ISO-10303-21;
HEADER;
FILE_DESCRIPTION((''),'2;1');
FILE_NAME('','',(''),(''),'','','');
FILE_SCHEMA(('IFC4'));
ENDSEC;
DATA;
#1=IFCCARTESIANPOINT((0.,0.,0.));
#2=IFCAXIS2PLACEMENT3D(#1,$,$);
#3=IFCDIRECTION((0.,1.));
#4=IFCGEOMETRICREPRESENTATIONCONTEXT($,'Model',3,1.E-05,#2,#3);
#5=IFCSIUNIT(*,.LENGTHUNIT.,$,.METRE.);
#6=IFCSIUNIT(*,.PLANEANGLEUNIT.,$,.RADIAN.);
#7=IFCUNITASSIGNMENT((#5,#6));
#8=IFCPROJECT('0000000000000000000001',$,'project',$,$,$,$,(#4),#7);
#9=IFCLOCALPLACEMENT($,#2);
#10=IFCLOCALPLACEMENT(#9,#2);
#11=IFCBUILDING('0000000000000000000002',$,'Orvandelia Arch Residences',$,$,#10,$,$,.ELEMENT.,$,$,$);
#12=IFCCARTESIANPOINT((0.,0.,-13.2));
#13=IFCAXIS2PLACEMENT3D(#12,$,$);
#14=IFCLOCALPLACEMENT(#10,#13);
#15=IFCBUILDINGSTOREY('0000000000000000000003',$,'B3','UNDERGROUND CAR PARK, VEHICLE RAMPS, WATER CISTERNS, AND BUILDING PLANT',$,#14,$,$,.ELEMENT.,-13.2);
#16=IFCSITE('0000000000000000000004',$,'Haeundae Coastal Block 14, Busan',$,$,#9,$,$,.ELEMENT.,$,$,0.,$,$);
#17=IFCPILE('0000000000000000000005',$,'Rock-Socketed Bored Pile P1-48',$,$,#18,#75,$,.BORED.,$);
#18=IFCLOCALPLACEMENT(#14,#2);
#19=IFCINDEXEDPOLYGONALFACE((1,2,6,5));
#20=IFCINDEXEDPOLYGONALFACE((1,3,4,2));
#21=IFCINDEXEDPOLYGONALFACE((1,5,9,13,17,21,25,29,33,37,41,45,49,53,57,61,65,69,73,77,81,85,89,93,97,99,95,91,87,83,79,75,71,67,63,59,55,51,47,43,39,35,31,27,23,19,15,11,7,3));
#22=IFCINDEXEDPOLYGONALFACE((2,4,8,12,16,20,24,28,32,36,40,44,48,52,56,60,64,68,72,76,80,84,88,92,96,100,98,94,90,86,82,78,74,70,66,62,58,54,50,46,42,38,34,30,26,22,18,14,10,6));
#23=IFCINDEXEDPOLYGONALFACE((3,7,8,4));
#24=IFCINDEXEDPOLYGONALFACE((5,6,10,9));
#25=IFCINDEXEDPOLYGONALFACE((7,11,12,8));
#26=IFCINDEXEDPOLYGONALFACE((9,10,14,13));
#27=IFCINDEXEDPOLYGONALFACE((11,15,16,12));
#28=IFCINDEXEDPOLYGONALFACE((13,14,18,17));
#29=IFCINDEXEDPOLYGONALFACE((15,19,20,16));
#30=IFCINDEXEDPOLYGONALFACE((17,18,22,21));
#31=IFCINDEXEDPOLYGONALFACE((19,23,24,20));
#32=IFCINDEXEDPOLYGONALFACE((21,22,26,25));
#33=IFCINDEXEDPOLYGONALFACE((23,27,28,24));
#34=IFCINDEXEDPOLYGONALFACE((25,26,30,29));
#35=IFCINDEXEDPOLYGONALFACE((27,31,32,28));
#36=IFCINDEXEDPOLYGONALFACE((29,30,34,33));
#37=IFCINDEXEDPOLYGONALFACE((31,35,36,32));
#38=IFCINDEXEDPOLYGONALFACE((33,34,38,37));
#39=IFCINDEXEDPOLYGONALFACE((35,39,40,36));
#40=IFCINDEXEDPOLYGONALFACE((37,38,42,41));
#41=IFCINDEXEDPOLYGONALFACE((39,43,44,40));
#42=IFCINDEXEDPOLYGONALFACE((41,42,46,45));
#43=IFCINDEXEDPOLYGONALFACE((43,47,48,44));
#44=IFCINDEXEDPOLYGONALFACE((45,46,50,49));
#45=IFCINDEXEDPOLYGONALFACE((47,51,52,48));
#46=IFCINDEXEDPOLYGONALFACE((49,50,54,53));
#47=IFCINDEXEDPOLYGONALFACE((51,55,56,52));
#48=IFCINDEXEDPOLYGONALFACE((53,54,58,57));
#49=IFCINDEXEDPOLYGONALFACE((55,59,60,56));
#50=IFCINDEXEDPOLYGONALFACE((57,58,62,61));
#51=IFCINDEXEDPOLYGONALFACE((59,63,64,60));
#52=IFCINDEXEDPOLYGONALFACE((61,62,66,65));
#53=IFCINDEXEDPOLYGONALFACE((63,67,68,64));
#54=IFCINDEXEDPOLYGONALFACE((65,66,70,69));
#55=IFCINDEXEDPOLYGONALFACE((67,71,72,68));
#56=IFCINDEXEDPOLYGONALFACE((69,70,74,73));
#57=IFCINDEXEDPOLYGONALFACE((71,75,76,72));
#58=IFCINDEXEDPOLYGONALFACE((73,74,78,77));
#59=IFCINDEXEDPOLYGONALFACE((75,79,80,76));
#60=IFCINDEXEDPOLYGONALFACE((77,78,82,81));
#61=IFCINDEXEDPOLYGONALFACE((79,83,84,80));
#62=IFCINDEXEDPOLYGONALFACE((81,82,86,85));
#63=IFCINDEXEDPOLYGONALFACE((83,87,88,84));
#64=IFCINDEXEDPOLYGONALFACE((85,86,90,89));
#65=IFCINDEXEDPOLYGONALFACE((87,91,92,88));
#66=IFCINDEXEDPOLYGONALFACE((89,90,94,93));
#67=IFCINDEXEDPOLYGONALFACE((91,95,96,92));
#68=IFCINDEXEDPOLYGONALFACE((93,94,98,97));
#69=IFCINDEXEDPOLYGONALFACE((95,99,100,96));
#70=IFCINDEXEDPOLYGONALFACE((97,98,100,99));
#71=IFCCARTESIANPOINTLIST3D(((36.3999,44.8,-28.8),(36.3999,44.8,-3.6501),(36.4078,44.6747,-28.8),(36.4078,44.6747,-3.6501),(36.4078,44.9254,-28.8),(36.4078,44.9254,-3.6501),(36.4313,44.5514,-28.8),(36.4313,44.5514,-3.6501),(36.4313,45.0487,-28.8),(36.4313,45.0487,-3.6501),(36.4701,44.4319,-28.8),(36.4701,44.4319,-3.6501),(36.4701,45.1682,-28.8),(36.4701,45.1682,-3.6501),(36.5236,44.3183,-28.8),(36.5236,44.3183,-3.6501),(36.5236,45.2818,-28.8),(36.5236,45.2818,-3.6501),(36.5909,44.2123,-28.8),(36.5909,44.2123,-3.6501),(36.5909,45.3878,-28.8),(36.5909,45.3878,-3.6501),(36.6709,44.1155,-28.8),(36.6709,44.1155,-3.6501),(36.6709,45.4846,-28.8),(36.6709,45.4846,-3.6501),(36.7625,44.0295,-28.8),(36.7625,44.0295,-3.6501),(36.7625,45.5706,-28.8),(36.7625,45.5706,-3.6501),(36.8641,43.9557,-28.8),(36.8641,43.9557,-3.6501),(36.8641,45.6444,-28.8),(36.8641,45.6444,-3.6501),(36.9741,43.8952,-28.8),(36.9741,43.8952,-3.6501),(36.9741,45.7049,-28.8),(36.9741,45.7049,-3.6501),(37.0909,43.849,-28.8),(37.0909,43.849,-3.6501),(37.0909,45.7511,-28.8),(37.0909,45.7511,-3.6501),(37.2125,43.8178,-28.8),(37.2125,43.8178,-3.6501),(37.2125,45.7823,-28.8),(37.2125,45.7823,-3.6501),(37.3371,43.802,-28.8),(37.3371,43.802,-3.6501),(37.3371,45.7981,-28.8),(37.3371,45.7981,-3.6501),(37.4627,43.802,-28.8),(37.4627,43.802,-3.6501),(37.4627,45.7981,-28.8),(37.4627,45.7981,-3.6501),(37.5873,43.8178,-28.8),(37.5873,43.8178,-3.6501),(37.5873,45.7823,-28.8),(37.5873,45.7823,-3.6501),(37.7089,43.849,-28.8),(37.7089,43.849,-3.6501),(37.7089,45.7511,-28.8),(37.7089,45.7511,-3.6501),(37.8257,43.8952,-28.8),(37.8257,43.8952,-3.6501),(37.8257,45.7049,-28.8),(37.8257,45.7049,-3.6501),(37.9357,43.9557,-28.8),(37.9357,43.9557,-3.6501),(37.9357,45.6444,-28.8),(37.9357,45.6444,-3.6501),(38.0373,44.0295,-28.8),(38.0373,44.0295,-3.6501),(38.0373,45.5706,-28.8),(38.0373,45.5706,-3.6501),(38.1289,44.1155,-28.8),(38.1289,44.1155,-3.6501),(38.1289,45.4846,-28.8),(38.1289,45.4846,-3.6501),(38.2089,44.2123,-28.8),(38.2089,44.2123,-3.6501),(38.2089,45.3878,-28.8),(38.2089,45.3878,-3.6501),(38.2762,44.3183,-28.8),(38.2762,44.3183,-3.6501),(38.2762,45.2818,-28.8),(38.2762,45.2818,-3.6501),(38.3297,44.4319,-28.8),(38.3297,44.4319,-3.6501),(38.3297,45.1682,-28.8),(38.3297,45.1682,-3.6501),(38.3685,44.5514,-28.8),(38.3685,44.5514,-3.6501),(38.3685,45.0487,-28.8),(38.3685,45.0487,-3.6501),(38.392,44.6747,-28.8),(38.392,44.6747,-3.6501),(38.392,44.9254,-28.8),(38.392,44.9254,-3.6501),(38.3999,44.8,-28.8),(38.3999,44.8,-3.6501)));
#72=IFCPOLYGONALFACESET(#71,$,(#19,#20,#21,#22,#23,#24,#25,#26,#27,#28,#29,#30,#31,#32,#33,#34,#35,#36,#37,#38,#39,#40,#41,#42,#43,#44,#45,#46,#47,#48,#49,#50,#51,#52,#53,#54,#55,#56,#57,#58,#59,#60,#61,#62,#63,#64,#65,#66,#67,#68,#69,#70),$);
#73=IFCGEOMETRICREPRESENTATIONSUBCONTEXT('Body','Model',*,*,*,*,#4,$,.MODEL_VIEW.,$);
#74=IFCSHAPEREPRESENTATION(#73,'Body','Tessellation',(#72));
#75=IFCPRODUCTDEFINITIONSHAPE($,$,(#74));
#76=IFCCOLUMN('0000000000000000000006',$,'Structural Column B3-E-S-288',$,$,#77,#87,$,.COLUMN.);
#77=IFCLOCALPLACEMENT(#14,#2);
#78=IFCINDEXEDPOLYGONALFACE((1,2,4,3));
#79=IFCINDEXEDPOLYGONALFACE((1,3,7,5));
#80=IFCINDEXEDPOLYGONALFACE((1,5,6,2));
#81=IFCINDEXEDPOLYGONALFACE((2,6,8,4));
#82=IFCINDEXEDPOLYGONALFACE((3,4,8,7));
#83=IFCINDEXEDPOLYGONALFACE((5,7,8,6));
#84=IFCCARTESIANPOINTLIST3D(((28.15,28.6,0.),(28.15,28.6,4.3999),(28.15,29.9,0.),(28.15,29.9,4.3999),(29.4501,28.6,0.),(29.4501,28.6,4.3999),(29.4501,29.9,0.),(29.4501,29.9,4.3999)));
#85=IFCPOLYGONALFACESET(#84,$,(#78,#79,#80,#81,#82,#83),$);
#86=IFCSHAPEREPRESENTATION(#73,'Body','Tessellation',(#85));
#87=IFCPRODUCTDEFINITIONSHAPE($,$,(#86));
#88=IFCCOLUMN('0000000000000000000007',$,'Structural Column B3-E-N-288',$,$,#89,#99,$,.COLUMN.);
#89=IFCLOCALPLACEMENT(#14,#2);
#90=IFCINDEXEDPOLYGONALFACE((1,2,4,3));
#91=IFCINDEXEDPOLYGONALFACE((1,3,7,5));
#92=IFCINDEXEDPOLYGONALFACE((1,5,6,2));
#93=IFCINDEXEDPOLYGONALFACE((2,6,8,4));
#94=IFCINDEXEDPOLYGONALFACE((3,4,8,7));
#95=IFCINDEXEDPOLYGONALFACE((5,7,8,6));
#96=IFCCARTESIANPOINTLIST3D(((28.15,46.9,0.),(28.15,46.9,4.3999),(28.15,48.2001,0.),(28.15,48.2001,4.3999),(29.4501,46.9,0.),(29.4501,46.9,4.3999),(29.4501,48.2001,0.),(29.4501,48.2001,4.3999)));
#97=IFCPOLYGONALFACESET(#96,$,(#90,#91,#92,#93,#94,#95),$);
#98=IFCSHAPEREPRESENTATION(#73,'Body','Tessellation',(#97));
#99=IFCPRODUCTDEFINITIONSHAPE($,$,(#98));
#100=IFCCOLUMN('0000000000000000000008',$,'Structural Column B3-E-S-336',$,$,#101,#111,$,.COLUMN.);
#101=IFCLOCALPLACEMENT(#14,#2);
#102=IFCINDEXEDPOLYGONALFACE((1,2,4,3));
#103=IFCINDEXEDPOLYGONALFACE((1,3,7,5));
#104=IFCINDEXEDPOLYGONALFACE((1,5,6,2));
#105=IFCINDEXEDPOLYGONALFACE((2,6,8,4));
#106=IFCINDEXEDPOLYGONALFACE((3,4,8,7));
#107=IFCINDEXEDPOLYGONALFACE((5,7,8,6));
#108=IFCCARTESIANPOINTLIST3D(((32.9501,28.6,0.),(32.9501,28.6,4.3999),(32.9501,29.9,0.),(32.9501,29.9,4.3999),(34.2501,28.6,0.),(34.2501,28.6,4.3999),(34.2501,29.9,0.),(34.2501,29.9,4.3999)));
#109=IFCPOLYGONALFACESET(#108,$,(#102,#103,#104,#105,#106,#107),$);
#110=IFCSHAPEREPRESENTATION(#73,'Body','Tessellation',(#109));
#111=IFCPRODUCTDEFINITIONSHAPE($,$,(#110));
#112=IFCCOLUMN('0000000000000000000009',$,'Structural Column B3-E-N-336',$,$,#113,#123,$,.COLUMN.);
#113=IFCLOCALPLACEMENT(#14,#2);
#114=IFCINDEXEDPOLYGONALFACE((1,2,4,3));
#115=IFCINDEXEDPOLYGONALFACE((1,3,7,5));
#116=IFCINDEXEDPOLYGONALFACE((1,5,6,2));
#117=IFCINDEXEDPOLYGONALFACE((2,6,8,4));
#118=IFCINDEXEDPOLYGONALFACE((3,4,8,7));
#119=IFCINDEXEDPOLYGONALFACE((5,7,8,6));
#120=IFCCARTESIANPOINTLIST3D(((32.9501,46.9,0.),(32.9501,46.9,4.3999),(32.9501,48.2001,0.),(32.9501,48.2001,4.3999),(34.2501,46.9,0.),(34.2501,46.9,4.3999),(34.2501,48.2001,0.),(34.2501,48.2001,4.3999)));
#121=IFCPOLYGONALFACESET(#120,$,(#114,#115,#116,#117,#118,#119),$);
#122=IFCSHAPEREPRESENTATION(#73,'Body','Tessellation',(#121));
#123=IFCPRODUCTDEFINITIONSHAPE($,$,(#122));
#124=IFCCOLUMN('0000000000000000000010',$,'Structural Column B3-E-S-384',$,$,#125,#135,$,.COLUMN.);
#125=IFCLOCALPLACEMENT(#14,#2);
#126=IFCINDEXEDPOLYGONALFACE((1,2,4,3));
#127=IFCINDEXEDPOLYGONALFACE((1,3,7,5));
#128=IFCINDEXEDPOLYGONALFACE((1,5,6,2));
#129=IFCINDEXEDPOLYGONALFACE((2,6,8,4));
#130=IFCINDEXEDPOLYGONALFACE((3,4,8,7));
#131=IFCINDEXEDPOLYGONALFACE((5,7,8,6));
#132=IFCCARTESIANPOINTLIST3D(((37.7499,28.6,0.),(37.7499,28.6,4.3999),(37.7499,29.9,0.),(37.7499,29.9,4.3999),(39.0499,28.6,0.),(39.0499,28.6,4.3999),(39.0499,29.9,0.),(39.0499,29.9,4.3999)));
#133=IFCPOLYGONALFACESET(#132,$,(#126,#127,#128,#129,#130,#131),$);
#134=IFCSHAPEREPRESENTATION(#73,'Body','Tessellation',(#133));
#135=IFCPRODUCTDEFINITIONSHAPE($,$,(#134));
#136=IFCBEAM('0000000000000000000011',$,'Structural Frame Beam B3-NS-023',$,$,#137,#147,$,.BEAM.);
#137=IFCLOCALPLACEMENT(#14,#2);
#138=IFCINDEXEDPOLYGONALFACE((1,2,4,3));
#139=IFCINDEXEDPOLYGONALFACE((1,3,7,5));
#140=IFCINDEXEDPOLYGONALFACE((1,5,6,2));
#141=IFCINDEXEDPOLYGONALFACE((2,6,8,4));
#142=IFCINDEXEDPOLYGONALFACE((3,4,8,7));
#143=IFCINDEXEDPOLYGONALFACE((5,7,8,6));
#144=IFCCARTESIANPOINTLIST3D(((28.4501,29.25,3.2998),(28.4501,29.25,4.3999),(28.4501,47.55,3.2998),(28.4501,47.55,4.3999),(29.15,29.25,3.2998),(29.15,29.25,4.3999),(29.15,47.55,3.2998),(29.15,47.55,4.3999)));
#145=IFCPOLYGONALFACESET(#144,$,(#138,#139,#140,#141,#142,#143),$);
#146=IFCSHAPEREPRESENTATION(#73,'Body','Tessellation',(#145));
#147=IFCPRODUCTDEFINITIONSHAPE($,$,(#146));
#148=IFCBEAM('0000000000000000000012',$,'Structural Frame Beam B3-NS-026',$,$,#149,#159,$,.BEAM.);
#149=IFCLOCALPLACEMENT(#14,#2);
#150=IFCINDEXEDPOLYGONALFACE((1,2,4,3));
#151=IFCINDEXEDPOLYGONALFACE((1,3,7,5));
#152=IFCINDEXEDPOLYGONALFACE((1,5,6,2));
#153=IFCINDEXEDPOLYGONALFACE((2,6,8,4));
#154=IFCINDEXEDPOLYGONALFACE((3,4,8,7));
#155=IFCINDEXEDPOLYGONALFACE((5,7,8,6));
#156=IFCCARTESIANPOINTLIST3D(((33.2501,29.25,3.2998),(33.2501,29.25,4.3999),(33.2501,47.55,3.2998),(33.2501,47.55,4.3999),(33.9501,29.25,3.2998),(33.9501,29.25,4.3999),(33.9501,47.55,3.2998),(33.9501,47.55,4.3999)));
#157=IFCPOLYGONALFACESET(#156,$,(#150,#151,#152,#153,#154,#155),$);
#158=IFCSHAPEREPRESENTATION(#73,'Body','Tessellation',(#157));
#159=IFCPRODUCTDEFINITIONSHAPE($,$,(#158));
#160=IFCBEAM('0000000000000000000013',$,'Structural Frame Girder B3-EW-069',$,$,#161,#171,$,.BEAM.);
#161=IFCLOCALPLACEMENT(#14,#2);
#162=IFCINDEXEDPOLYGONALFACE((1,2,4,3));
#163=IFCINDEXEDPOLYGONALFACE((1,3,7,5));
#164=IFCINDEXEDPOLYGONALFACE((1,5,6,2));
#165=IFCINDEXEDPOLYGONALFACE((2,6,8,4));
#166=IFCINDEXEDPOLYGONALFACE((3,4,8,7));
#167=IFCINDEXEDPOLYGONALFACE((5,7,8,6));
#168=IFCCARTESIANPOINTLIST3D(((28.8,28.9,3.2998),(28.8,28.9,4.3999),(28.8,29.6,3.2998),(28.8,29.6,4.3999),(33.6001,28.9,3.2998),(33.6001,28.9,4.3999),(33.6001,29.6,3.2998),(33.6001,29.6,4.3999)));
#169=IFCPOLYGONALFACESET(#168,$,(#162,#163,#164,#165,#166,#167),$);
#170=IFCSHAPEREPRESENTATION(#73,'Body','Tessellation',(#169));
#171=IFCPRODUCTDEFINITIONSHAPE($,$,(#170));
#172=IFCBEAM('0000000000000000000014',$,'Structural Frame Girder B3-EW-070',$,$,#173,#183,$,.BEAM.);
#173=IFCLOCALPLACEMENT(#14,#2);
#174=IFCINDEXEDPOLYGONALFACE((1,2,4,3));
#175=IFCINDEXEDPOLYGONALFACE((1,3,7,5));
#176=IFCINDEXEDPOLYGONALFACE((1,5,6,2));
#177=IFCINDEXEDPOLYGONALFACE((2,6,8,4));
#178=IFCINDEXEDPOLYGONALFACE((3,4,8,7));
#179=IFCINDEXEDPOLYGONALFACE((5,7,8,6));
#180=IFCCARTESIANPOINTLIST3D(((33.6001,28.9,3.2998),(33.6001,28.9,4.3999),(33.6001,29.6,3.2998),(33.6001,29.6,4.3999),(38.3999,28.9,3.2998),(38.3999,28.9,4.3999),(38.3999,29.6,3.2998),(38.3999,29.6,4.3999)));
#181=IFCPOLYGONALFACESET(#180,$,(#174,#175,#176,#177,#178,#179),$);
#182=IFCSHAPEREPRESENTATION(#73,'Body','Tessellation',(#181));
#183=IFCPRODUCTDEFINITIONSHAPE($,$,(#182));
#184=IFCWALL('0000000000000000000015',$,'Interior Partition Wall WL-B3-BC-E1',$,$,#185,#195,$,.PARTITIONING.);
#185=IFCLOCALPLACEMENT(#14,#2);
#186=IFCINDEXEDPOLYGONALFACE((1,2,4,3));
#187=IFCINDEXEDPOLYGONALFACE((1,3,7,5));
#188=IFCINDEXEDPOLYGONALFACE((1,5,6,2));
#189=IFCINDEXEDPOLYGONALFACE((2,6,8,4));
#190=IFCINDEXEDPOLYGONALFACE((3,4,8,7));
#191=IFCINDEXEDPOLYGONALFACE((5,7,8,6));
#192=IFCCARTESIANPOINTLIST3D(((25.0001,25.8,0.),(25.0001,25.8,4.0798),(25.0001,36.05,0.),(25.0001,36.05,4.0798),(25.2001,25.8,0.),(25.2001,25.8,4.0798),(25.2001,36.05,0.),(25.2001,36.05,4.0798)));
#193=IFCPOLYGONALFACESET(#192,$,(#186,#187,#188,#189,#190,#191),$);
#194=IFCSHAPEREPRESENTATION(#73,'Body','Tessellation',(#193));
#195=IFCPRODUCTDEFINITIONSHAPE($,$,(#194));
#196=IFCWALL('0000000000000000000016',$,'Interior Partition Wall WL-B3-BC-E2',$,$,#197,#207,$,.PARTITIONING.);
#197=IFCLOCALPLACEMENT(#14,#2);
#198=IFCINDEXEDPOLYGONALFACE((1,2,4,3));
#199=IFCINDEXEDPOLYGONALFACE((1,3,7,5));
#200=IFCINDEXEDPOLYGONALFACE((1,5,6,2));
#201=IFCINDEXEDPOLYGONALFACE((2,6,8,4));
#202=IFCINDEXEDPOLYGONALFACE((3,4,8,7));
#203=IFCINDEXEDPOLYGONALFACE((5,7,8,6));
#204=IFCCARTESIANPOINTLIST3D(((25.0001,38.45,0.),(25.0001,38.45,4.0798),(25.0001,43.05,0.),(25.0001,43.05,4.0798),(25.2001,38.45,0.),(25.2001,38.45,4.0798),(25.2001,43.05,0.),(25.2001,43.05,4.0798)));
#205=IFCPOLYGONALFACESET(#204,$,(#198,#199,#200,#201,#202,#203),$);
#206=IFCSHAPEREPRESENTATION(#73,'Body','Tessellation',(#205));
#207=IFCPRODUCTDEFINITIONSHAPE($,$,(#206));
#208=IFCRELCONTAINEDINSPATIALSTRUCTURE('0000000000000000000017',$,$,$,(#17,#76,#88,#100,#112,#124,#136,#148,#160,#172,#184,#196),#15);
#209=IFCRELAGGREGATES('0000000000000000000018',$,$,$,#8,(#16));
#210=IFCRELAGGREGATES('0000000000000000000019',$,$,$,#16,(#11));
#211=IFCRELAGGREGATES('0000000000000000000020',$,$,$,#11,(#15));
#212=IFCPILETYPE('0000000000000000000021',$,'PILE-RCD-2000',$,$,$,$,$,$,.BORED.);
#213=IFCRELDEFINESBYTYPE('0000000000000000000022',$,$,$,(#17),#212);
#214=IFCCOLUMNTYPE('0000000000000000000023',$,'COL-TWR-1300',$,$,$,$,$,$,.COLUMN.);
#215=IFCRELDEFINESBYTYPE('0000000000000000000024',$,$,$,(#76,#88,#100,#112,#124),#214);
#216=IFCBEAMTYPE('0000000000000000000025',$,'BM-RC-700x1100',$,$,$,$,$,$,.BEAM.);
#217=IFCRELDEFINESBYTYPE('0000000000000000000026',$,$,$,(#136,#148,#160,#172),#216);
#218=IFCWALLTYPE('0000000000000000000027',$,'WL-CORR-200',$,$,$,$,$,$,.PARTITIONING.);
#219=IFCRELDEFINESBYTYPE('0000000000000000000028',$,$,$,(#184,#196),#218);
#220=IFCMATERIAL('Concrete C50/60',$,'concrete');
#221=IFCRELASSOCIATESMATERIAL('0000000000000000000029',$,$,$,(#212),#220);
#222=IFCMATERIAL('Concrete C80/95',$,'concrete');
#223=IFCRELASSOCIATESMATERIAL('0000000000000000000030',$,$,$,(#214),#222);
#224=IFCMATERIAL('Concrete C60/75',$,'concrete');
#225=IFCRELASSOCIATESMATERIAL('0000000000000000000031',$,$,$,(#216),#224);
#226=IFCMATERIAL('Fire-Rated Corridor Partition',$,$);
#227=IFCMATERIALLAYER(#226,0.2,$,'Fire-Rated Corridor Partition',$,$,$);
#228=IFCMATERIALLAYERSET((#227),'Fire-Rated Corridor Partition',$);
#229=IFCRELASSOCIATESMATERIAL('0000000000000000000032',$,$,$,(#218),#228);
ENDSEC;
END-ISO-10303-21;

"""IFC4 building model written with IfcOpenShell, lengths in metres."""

from ifc_helpers import new_model, si_unit, direction, frame, frame_2d, origin, origin_2d, place, context, subcontext, project, spatial, rectangle, circle, extrude, material, layer, layer_set, material_profile, profile_set, type_object, element, save


model = new_model("IFC4")

# Units and contexts
model_context = context("Model", 3, precision=1e-05, world=origin(), true_north=direction((0.0, 1.0)))
body_context = subcontext(model_context, "Body", "Model", "MODEL_VIEW")
ifc_project = project(units=[si_unit("LENGTHUNIT", "METRE"), si_unit("PLANEANGLEUNIT", "RADIAN")], contexts=[model_context])

# Site, building, storey
site_placement = place(None, origin())
site = spatial("IfcSite", under=ifc_project, at=site_placement, Name="Haeundae Coastal Block 14, Busan", CompositionType="ELEMENT", RefElevation=0.0)
building_placement = place(site_placement, origin())
building = spatial("IfcBuilding", under=site, at=building_placement, Name="Orvandelia Arch Residences", CompositionType="ELEMENT")
storey_placement = place(building_placement, frame((0.0, 0.0, -13.2)))
storey = spatial("IfcBuildingStorey", under=building, at=storey_placement, Name="B3", Description="UNDERGROUND CAR PARK, VEHICLE RAMPS, WATER CISTERNS, AND BUILDING PLANT", CompositionType="ELEMENT", Elevation=-13.2)

# Shared definitions
ifc_material_1 = material(Name="Concrete C50/60", Category="concrete")

# Pile
ifc_material_profile_1 = material_profile(ifc_material_1, circle(Radius=1.0, at=origin_2d()), Name="Concrete C50/60", Category="concrete")
ifc_profile_set_1 = profile_set([ifc_material_profile_1], Name="Concrete C50/60")
pile_type = type_object("IfcPileType", Name="PILE-RCD-2000", PredefinedType="BORED", material=ifc_profile_set_1)
for number, where, z_axis, x_axis, name in (
    (1, (37.3999, 44.8, -3.6501), (0.0, 0.0, -1.0), (1.0, 0.0, 0.0), "Rock-Socketed Bored Pile P1-48"),
):
    element("IfcPile", number, at=place(storey_placement, frame(where, z_axis=z_axis, x_axis=x_axis)), inside=storey, type_object=pile_type, Name=name, PredefinedType="BORED", context=body_context, shape_type="SweptSolid", body=[
        extrude(circle(Radius=1.0, at=origin_2d()), origin(), (0.0, 0.0, 1.0), 25.1499),
    ])

# Columns
ifc_material_2 = material(Name="Concrete C80/95", Category="concrete")
ifc_material_profile_2 = material_profile(ifc_material_2, rectangle(XDim=1.3, YDim=1.3, at=origin_2d()), Name="Concrete C80/95", Category="concrete")
ifc_profile_set_2 = profile_set([ifc_material_profile_2], Name="Concrete C80/95")
column_type = type_object("IfcColumnType", Name="COL-TWR-1300", PredefinedType="COLUMN", material=ifc_profile_set_2)
for number, where, z_axis, x_axis, name in (
    (2, (28.8, 29.25, 0.0), (0.0, 0.0, 1.0), (1.0, 0.0, 0.0), "Structural Column B3-E-S-288"),
    (3, (28.8, 47.55, 0.0), (0.0, 0.0, 1.0), (1.0, 0.0, 0.0), "Structural Column B3-E-N-288"),
    (4, (33.6001, 29.25, 0.0), (0.0, 0.0, 1.0), (1.0, 0.0, 0.0), "Structural Column B3-E-S-336"),
    (5, (33.6001, 47.55, 0.0), (0.0, 0.0, 1.0), (1.0, 0.0, 0.0), "Structural Column B3-E-N-336"),
    (6, (38.3999, 29.25, 0.0), (0.0, 0.0, 1.0), (1.0, 0.0, 0.0), "Structural Column B3-E-S-384"),
):
    element("IfcColumn", number, at=place(storey_placement, frame(where, z_axis=z_axis, x_axis=x_axis)), inside=storey, type_object=column_type, Name=name, PredefinedType="COLUMN", context=body_context, shape_type="SweptSolid", body=[
        extrude(rectangle(XDim=1.3, YDim=1.3, at=origin_2d()), origin(), (0.0, 0.0, 1.0), 4.3999),
    ])

# Beams
ifc_material_3 = material(Name="Concrete C60/75", Category="concrete")
ifc_material_profile_3 = material_profile(ifc_material_3, rectangle(XDim=0.7, YDim=1.1001, at=origin_2d()), Name="Concrete C60/75", Category="concrete")
ifc_profile_set_3 = profile_set([ifc_material_profile_3], Name="Concrete C60/75")
beam_type = type_object("IfcBeamType", Name="BM-RC-700x1100", PredefinedType="BEAM", material=ifc_profile_set_3)
for number, where, z_axis, x_axis, name in (
    (7, (28.8, 29.25, 3.8499), (0.0, 1.0, 0.0), (-1.0, 0.0, 0.0), "Structural Frame Beam B3-NS-023"),
    (8, (33.6001, 29.25, 3.8499), (0.0, 1.0, 0.0), (-1.0, 0.0, 0.0), "Structural Frame Beam B3-NS-026"),
):
    element("IfcBeam", number, at=place(storey_placement, frame(where, z_axis=z_axis, x_axis=x_axis)), inside=storey, type_object=beam_type, Name=name, PredefinedType="BEAM", context=body_context, shape_type="SweptSolid", body=[
        extrude(rectangle(XDim=0.7, YDim=1.1001, at=origin_2d()), origin(), (0.0, 0.0, 1.0), 18.3),
    ])
beam_1_placement = place(storey_placement, frame((28.8, 29.25, 3.8499), z_axis=(1.0, 0.0, 0.0), x_axis=(0.0, 1.0, 0.0)))
element("IfcBeam", 9, at=beam_1_placement, inside=storey, type_object=beam_type, Name="Structural Frame Girder B3-EW-069", PredefinedType="BEAM", context=body_context, shape_type="SweptSolid", body=[
    extrude(rectangle(XDim=0.7, YDim=1.1001, at=origin_2d()), origin(), (0.0, 0.0, 1.0), 4.8),
])
beam_2_placement = place(storey_placement, frame((33.6001, 29.25, 3.8499), z_axis=(1.0, 0.0, 0.0), x_axis=(0.0, 1.0, 0.0)))
element("IfcBeam", 10, at=beam_2_placement, inside=storey, type_object=beam_type, Name="Structural Frame Girder B3-EW-070", PredefinedType="BEAM", context=body_context, shape_type="SweptSolid", body=[
    extrude(rectangle(XDim=0.7, YDim=1.1001, at=origin_2d()), origin(), (0.0, 0.0, 1.0), 4.7998),
])

# Walls
ifc_material_4 = material(Name="Fire-Rated Corridor Partition")
ifc_layer = layer(ifc_material_4, 0.2, Name="Fire-Rated Corridor Partition")
ifc_layer_set = layer_set([ifc_layer], Name="Fire-Rated Corridor Partition")
wall_type = type_object("IfcWallType", Name="WL-CORR-200", PredefinedType="PARTITIONING", material=ifc_layer_set)
wall_1_placement = place(storey_placement, frame((25.1001, 25.8, 0.0), z_axis=(0.0, 0.0, 1.0), x_axis=(0.0, 1.0, 0.0)))
element("IfcWall", 11, at=wall_1_placement, inside=storey, type_object=wall_type, Name="Interior Partition Wall WL-B3-BC-E1", PredefinedType="PARTITIONING", context=body_context, shape_type="SweptSolid", body=[
    extrude(rectangle(XDim=10.25, YDim=0.2, at=frame_2d((5.125, 0.0))), origin(), (0.0, 0.0, 1.0), 4.0798),
])
wall_2_placement = place(storey_placement, frame((25.1001, 38.45, 0.0), z_axis=(0.0, 0.0, 1.0), x_axis=(0.0, 1.0, 0.0)))
element("IfcWall", 12, at=wall_2_placement, inside=storey, type_object=wall_type, Name="Interior Partition Wall WL-B3-BC-E2", PredefinedType="PARTITIONING", context=body_context, shape_type="SweptSolid", body=[
    extrude(rectangle(XDim=4.6001, YDim=0.2, at=frame_2d((2.3, 0.0))), origin(), (0.0, 0.0, 1.0), 4.0798),
])

save(model, "model.ifc")
